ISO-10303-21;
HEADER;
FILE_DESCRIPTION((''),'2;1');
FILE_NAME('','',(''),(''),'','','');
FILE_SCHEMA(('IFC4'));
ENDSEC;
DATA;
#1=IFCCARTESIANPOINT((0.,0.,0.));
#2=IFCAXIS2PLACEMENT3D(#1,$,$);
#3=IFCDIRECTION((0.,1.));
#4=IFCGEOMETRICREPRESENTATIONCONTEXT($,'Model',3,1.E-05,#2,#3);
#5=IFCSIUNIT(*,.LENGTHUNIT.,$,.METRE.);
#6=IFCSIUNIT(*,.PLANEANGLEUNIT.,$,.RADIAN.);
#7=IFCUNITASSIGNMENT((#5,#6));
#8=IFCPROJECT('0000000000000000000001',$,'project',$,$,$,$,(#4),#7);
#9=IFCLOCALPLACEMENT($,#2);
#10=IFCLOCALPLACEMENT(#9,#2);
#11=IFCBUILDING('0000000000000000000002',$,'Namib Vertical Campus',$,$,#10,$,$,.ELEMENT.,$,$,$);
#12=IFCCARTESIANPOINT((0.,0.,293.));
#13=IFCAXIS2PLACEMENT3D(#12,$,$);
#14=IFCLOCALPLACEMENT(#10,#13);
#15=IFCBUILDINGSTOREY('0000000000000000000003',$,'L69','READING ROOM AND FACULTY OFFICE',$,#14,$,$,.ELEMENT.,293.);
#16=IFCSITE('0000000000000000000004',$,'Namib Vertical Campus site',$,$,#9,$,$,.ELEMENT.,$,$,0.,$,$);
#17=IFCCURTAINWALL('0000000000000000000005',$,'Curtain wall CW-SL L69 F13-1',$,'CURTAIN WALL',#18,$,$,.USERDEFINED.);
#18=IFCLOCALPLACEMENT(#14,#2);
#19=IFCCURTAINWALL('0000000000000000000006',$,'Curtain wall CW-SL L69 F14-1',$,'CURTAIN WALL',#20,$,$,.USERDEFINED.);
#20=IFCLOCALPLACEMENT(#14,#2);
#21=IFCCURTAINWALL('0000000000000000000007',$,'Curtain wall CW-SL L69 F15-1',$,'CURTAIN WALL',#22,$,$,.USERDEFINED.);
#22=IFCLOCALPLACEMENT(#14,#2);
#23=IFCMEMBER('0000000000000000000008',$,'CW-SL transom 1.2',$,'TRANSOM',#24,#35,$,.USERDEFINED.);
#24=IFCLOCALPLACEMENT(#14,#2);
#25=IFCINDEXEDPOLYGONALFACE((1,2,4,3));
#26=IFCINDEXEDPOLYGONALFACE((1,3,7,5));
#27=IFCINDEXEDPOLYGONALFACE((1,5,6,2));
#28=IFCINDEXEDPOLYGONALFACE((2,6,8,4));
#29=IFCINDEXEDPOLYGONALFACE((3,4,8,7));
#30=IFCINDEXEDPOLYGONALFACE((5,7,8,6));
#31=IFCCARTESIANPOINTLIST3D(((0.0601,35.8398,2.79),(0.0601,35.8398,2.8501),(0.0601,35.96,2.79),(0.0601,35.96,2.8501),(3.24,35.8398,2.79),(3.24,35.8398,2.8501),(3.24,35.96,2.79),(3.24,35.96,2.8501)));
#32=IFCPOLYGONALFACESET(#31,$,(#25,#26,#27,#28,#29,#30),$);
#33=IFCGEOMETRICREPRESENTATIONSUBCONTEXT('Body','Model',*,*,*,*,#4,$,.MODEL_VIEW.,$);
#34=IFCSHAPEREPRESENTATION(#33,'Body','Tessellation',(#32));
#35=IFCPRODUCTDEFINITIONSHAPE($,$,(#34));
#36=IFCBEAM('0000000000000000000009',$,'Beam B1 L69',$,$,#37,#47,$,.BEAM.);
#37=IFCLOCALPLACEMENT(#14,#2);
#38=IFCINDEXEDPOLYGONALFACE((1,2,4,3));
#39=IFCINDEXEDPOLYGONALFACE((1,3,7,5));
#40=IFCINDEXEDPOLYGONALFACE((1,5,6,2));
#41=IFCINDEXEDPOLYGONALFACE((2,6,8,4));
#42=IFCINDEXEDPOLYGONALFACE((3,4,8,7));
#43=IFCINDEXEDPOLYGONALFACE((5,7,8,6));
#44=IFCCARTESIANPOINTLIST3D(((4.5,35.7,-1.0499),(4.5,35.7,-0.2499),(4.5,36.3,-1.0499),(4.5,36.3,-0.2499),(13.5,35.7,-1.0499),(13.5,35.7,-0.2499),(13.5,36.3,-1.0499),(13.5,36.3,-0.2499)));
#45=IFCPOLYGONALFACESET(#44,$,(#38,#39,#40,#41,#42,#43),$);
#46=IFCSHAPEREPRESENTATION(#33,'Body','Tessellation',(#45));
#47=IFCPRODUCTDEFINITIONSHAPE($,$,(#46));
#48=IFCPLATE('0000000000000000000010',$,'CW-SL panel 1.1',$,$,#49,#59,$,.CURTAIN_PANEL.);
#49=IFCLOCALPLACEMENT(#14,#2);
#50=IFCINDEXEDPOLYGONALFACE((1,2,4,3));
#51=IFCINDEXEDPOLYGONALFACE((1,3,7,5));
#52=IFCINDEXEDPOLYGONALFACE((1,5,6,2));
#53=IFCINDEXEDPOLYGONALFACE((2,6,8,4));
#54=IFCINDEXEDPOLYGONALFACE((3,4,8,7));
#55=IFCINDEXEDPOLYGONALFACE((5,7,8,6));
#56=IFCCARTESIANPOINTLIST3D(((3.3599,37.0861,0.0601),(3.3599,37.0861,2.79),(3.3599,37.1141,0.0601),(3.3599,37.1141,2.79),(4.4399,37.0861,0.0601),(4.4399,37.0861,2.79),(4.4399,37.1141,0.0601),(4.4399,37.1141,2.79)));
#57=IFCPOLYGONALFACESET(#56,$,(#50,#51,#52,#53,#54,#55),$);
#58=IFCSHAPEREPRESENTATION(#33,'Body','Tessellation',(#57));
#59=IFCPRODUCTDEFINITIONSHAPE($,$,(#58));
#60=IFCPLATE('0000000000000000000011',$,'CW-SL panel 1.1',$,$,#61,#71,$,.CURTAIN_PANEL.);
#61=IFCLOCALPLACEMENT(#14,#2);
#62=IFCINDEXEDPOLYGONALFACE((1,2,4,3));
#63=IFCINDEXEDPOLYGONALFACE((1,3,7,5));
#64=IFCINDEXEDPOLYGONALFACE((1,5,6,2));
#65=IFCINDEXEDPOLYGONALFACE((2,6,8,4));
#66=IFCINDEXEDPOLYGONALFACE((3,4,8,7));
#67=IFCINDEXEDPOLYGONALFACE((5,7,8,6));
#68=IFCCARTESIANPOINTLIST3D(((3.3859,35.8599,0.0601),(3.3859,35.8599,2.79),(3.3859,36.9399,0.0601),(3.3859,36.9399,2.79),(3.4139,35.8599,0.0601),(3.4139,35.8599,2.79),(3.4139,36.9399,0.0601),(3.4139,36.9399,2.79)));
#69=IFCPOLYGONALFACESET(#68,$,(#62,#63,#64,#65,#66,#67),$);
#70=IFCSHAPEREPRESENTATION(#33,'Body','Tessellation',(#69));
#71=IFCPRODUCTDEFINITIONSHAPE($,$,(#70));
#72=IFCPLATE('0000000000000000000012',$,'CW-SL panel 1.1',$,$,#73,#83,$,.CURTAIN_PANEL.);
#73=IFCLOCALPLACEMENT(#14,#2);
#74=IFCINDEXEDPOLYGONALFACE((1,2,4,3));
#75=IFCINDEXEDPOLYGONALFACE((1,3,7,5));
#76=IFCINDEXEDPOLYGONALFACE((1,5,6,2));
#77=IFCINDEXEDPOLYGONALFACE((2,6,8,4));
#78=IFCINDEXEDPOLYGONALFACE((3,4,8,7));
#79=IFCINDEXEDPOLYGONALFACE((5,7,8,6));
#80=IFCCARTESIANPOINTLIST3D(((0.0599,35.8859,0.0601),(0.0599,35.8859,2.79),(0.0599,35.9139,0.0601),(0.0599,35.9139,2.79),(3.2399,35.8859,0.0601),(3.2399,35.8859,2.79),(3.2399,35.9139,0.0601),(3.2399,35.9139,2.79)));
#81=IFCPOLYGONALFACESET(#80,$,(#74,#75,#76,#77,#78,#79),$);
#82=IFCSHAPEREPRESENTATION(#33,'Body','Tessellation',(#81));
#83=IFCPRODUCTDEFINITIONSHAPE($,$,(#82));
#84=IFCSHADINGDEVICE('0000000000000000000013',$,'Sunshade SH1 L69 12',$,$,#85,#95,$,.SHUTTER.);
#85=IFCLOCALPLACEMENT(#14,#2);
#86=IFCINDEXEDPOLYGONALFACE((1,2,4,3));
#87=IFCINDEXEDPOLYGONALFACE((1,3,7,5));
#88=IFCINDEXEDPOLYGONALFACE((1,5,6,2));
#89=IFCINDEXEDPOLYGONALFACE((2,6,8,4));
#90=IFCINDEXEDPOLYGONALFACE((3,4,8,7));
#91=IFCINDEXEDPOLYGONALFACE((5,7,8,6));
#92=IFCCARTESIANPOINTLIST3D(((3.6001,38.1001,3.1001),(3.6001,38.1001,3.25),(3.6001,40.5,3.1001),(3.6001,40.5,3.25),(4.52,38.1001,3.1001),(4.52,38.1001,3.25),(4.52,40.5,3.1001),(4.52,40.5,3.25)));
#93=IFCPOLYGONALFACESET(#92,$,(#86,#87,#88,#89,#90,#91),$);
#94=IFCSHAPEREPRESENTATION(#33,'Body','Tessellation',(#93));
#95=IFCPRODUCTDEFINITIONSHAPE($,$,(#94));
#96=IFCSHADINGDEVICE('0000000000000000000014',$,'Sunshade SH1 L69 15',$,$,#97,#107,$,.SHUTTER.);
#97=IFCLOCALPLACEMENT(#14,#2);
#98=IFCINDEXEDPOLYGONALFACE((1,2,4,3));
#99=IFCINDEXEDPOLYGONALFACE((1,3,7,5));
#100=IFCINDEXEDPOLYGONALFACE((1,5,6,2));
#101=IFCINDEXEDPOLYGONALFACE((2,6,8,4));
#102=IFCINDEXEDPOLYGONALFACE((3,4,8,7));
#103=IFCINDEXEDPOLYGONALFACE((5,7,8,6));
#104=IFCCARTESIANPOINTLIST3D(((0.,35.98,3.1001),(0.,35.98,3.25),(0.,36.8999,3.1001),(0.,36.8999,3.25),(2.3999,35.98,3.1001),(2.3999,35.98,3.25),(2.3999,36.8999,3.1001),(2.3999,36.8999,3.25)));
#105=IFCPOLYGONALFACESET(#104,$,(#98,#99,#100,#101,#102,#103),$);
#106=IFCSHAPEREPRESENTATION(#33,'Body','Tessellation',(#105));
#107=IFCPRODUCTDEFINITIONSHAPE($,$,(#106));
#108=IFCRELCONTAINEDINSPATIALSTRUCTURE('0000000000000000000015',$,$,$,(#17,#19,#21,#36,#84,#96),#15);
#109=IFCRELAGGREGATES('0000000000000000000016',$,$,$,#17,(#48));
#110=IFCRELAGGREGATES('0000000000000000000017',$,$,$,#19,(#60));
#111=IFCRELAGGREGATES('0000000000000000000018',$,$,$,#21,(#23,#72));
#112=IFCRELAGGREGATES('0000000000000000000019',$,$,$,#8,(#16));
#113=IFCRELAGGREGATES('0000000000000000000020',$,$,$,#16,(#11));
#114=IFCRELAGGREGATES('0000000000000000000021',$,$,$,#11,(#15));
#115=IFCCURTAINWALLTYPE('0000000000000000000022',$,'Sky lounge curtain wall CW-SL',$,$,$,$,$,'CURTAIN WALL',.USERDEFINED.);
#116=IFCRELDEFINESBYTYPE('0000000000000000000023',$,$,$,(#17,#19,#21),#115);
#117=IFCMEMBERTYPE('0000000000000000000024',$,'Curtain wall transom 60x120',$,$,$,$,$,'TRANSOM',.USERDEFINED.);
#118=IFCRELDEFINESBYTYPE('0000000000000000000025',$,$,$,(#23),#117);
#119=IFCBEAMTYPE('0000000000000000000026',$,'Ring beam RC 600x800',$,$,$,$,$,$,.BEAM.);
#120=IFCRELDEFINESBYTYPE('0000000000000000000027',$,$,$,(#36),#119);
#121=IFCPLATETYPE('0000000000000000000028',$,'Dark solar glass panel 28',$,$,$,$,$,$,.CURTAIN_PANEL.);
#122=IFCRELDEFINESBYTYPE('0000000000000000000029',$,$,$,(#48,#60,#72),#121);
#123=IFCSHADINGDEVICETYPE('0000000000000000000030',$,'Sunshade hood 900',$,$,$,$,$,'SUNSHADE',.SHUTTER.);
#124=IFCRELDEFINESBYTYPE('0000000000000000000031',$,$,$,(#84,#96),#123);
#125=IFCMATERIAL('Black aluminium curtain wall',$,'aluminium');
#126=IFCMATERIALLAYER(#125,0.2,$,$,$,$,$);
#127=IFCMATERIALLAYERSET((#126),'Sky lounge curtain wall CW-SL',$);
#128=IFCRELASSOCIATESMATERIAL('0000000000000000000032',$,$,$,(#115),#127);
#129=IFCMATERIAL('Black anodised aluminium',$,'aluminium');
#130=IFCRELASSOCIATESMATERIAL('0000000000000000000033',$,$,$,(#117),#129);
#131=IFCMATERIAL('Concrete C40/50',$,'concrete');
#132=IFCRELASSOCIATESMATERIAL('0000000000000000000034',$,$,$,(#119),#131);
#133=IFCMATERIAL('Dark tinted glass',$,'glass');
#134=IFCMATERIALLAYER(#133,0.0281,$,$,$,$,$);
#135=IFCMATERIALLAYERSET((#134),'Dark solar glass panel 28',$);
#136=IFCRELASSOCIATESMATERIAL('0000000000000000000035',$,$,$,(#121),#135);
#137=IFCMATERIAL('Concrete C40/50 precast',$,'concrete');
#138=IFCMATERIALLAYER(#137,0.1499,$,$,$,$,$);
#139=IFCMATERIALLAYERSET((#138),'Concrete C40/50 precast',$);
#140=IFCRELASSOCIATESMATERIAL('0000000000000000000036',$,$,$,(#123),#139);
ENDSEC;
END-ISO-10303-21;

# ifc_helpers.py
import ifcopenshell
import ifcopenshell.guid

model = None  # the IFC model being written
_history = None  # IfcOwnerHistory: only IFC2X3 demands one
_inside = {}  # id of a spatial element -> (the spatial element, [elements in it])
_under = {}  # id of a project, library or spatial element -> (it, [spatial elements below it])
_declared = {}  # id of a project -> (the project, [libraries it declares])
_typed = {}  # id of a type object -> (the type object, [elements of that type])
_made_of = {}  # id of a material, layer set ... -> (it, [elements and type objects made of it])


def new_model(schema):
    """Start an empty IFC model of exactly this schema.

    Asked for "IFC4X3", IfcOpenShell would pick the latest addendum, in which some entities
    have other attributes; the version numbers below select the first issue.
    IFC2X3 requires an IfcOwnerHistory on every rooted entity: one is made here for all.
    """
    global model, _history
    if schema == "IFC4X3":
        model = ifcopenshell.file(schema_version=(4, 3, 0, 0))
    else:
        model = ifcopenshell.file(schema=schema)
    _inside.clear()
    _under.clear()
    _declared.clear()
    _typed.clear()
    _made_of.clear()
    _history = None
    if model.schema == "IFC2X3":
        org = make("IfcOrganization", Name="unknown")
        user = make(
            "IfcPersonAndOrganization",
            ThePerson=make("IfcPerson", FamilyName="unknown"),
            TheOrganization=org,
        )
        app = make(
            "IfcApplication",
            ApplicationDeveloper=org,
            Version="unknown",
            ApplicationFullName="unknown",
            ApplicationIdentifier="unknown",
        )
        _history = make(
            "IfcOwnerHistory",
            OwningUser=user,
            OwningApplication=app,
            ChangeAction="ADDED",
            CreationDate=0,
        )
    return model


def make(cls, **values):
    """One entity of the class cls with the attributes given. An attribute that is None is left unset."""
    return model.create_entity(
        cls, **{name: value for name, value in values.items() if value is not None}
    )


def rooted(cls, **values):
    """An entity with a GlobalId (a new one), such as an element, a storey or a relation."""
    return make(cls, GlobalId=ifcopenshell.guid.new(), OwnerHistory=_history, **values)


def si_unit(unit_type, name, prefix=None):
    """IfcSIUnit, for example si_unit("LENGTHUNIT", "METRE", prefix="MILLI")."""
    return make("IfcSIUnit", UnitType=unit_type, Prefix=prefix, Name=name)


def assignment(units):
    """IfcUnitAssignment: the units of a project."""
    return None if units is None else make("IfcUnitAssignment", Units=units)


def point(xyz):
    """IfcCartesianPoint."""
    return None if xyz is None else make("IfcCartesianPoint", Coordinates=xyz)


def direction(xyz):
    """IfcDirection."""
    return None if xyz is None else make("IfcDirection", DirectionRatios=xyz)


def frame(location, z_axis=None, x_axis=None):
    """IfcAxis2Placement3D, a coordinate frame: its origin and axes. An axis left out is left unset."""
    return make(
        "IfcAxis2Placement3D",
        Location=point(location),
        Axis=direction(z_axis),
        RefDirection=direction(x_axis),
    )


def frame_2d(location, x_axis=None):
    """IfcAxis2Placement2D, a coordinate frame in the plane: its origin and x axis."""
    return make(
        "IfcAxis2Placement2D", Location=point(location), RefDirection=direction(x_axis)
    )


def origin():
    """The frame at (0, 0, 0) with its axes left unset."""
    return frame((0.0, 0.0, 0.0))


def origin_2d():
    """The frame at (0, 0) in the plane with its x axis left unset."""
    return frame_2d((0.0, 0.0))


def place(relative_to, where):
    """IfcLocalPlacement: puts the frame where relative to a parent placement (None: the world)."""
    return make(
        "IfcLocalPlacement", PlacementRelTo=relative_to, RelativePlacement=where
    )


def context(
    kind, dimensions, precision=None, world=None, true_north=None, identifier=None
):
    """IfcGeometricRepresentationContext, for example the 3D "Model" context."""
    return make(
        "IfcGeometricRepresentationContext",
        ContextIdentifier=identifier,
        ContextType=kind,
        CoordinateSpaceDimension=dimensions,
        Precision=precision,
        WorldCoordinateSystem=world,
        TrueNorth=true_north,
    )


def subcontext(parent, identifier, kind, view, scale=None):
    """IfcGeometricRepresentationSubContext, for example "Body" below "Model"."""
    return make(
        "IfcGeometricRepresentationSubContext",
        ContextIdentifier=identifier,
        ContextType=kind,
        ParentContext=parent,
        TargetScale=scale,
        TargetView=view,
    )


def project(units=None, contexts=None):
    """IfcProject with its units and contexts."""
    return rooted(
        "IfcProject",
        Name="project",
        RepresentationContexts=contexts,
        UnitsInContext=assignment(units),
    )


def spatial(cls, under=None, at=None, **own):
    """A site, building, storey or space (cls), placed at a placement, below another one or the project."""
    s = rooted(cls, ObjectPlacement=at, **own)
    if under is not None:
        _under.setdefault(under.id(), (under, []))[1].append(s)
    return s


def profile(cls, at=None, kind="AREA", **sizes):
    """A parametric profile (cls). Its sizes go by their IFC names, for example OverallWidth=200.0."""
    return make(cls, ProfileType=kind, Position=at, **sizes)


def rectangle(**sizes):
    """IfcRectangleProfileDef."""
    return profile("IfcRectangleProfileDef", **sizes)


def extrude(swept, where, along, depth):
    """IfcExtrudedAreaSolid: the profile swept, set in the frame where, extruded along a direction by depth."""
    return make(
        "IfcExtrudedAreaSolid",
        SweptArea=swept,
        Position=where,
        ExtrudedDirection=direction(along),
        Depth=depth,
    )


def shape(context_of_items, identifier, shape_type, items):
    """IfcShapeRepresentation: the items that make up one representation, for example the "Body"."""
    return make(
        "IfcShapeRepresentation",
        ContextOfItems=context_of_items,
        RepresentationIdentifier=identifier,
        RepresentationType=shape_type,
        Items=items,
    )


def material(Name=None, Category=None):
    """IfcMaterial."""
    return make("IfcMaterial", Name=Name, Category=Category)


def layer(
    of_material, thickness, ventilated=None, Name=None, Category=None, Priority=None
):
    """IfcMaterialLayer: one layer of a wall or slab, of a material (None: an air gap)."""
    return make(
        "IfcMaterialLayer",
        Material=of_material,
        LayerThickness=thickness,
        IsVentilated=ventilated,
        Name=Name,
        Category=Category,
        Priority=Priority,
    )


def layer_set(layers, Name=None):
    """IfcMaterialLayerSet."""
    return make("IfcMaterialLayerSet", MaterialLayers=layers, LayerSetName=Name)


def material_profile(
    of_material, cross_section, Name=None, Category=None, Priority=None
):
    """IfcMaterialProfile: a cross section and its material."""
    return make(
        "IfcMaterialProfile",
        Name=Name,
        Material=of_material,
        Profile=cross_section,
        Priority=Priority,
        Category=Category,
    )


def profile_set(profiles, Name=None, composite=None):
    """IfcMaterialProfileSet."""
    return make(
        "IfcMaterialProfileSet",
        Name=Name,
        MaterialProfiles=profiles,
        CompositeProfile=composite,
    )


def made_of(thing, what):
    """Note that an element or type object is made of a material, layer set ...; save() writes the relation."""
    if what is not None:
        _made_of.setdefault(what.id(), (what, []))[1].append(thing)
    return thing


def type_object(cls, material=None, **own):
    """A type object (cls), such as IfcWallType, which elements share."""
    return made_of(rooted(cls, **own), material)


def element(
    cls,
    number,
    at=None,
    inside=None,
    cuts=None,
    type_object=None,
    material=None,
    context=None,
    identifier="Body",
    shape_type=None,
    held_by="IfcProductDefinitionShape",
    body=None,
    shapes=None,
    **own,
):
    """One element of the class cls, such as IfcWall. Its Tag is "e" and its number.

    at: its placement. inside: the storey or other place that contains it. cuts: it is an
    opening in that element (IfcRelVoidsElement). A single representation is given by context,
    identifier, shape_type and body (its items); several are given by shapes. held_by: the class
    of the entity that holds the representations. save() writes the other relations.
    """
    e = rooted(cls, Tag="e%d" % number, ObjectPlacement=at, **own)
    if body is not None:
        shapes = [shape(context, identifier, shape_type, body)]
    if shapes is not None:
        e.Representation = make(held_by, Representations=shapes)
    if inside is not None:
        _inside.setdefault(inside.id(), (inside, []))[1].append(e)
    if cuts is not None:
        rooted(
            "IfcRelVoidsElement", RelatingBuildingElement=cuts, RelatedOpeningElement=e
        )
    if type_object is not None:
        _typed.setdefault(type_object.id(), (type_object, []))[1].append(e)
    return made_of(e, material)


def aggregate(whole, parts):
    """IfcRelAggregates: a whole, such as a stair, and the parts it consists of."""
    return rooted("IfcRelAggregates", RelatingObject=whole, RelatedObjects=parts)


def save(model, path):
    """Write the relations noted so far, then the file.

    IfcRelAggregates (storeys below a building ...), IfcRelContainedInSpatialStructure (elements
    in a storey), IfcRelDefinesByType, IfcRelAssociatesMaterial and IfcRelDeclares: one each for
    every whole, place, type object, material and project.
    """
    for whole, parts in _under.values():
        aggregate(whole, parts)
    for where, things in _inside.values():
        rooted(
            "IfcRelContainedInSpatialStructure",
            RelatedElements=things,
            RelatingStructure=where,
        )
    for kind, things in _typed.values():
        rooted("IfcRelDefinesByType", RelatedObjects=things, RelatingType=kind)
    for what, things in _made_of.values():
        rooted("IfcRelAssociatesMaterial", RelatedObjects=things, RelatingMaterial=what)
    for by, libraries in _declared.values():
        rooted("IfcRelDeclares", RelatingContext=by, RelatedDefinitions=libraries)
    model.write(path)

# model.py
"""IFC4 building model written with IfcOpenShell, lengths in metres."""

from ifc_helpers import new_model, si_unit, direction, frame, origin, origin_2d, place, context, subcontext, project, spatial, rectangle, extrude, material, layer, layer_set, material_profile, profile_set, type_object, element, aggregate, save


model = new_model("IFC4")

# Units and contexts
model_context = context("Model", 3, precision=1e-05, world=origin(), true_north=direction((0.0, 1.0)))
body_context = subcontext(model_context, "Body", "Model", "MODEL_VIEW")
ifc_project = project(units=[si_unit("LENGTHUNIT", "METRE"), si_unit("PLANEANGLEUNIT", "RADIAN")], contexts=[model_context])

# Site, building, storey
site_placement = place(None, origin())
site = spatial("IfcSite", under=ifc_project, at=site_placement, Name="Namib Vertical Campus site", CompositionType="ELEMENT", RefElevation=0.0)
building_placement = place(site_placement, origin())
building = spatial("IfcBuilding", under=site, at=building_placement, Name="Namib Vertical Campus", CompositionType="ELEMENT")
storey_placement = place(building_placement, frame((0.0, 0.0, 293.0)))
storey = spatial("IfcBuildingStorey", under=building, at=storey_placement, Name="L69", Description="READING ROOM AND FACULTY OFFICE", CompositionType="ELEMENT", Elevation=293.0)

# Curtain walls
ifc_material_1 = material(Name="Black aluminium curtain wall", Category="aluminium")
ifc_layer_1 = layer(ifc_material_1, 0.2)
ifc_layer_set_1 = layer_set([ifc_layer_1], Name="Sky lounge curtain wall CW-SL")
curtain_wall_type = type_object("IfcCurtainWallType", Name="Sky lounge curtain wall CW-SL", ElementType="CURTAIN WALL", PredefinedType="USERDEFINED", material=ifc_layer_set_1)
curtain_wall_1_placement = place(storey_placement, origin())
curtain_wall_1 = element("IfcCurtainWall", 1, at=curtain_wall_1_placement, inside=storey, type_object=curtain_wall_type, Name="Curtain wall CW-SL L69 F13-1", ObjectType="CURTAIN WALL", PredefinedType="USERDEFINED")
curtain_wall_2_placement = place(storey_placement, origin())
curtain_wall_2 = element("IfcCurtainWall", 2, at=curtain_wall_2_placement, inside=storey, type_object=curtain_wall_type, Name="Curtain wall CW-SL L69 F14-1", ObjectType="CURTAIN WALL", PredefinedType="USERDEFINED")
curtain_wall_3_placement = place(storey_placement, origin())
curtain_wall_3 = element("IfcCurtainWall", 3, at=curtain_wall_3_placement, inside=storey, type_object=curtain_wall_type, Name="Curtain wall CW-SL L69 F15-1", ObjectType="CURTAIN WALL", PredefinedType="USERDEFINED")

# Member
ifc_material_2 = material(Name="Black anodised aluminium", Category="aluminium")
ifc_material_profile_1 = material_profile(ifc_material_2, rectangle(XDim=0.0601, YDim=0.1201, at=origin_2d()))
ifc_profile_set_1 = profile_set([ifc_material_profile_1], Name="Black anodised aluminium")
member_type_1 = type_object("IfcMemberType", Name="Curtain wall transom 60x120", ElementType="TRANSOM", PredefinedType="USERDEFINED", material=ifc_profile_set_1)
member_1_placement = place(storey_placement, frame((3.24, 35.8999, 2.8201), z_axis=(-1.0, 0.0, 0.0), x_axis=(0.0, 0.0, 1.0)))
member_1 = element("IfcMember", 4, at=member_1_placement, type_object=member_type_1, Name="CW-SL transom 1.2", ObjectType="TRANSOM", PredefinedType="USERDEFINED", context=body_context, shape_type="SweptSolid", body=[
    extrude(rectangle(XDim=0.0601, YDim=0.1201, at=origin_2d()), origin(), (0.0, 0.0, 1.0), 3.1799),
])

# Beam
ifc_material_3 = material(Name="Concrete C40/50", Category="concrete")
ifc_material_profile_2 = material_profile(ifc_material_3, rectangle(XDim=0.6001, YDim=0.8, at=origin_2d()))
ifc_profile_set_2 = profile_set([ifc_material_profile_2], Name="Concrete C40/50")
beam_type_1 = type_object("IfcBeamType", Name="Ring beam RC 600x800", PredefinedType="BEAM", material=ifc_profile_set_2)
beam_1_placement = place(storey_placement, frame((4.5, 36.0, -0.6499), z_axis=(1.0, 0.0, 0.0), x_axis=(0.0, 1.0, 0.0)))
element("IfcBeam", 5, at=beam_1_placement, inside=storey, type_object=beam_type_1, Name="Beam B1 L69", PredefinedType="BEAM", context=body_context, shape_type="SweptSolid", body=[
    extrude(rectangle(XDim=0.6001, YDim=0.8, at=origin_2d()), origin(), (0.0, 0.0, 1.0), 9.0),
])

# Plates
ifc_material_4 = material(Name="Dark tinted glass", Category="glass")
ifc_layer_2 = layer(ifc_material_4, 0.0281)
ifc_layer_set_2 = layer_set([ifc_layer_2], Name="Dark solar glass panel 28")
plate_type = type_object("IfcPlateType", Name="Dark solar glass panel 28", PredefinedType="CURTAIN_PANEL", material=ifc_layer_set_2)
plate_1_placement = place(storey_placement, frame((3.8999, 37.1001, 0.0601), z_axis=(0.0, 0.0, 1.0), x_axis=(-1.0, 0.0, 0.0)))
plate_1 = element("IfcPlate", 6, at=plate_1_placement, type_object=plate_type, Name="CW-SL panel 1.1", PredefinedType="CURTAIN_PANEL", context=body_context, shape_type="SweptSolid", body=[
    extrude(rectangle(XDim=1.0801, YDim=0.0281, at=origin_2d()), origin(), (0.0, 0.0, 1.0), 2.73),
])
aggregate(curtain_wall_1, [plate_1])
plate_2_placement = place(storey_placement, frame((3.3999, 36.3999, 0.0601), z_axis=(0.0, 0.0, 1.0), x_axis=(0.0, -1.0, 0.0)))
plate_2 = element("IfcPlate", 7, at=plate_2_placement, type_object=plate_type, Name="CW-SL panel 1.1", PredefinedType="CURTAIN_PANEL", context=body_context, shape_type="SweptSolid", body=[
    extrude(rectangle(XDim=1.0801, YDim=0.0281, at=origin_2d()), origin(), (0.0, 0.0, 1.0), 2.73),
])
aggregate(curtain_wall_2, [plate_2])
plate_3_placement = place(storey_placement, frame((1.6499, 35.8999, 0.0601), z_axis=(0.0, 0.0, 1.0), x_axis=(-1.0, 0.0, 0.0)))
plate_3 = element("IfcPlate", 8, at=plate_3_placement, type_object=plate_type, Name="CW-SL panel 1.1", PredefinedType="CURTAIN_PANEL", context=body_context, shape_type="SweptSolid", body=[
    extrude(rectangle(XDim=3.1799, YDim=0.0281, at=origin_2d()), origin(), (0.0, 0.0, 1.0), 2.73),
])
aggregate(curtain_wall_3, [member_1, plate_3])

# Shading devices
ifc_material_5 = material(Name="Concrete C40/50 precast", Category="concrete")
ifc_layer_3 = layer(ifc_material_5, 0.1499)
ifc_layer_set_3 = layer_set([ifc_layer_3], Name="Concrete C40/50 precast")
shading_device_type = type_object("IfcShadingDeviceType", Name="Sunshade hood 900", ElementType="SUNSHADE", PredefinedType="SHUTTER", material=ifc_layer_set_3)
for number, where, z_axis, x_axis, name in (
    (9, (4.0601, 39.3, 3.1001), (0.0, 0.0, 1.0), (0.0, -1.0, 0.0), "Sunshade SH1 L69 12"),
    (10, (1.2, 36.4399, 3.1001), (0.0, 0.0, 1.0), (-1.0, 0.0, 0.0), "Sunshade SH1 L69 15"),
):
    element("IfcShadingDevice", number, at=place(storey_placement, frame(where, z_axis=z_axis, x_axis=x_axis)), inside=storey, type_object=shading_device_type, Name=name, PredefinedType="SHUTTER", context=body_context, shape_type="SweptSolid", body=[
        extrude(rectangle(XDim=2.3999, YDim=0.9199, at=origin_2d()), origin(), (0.0, 0.0, 1.0), 0.1499),
    ])

save(model, "model.ifc")
